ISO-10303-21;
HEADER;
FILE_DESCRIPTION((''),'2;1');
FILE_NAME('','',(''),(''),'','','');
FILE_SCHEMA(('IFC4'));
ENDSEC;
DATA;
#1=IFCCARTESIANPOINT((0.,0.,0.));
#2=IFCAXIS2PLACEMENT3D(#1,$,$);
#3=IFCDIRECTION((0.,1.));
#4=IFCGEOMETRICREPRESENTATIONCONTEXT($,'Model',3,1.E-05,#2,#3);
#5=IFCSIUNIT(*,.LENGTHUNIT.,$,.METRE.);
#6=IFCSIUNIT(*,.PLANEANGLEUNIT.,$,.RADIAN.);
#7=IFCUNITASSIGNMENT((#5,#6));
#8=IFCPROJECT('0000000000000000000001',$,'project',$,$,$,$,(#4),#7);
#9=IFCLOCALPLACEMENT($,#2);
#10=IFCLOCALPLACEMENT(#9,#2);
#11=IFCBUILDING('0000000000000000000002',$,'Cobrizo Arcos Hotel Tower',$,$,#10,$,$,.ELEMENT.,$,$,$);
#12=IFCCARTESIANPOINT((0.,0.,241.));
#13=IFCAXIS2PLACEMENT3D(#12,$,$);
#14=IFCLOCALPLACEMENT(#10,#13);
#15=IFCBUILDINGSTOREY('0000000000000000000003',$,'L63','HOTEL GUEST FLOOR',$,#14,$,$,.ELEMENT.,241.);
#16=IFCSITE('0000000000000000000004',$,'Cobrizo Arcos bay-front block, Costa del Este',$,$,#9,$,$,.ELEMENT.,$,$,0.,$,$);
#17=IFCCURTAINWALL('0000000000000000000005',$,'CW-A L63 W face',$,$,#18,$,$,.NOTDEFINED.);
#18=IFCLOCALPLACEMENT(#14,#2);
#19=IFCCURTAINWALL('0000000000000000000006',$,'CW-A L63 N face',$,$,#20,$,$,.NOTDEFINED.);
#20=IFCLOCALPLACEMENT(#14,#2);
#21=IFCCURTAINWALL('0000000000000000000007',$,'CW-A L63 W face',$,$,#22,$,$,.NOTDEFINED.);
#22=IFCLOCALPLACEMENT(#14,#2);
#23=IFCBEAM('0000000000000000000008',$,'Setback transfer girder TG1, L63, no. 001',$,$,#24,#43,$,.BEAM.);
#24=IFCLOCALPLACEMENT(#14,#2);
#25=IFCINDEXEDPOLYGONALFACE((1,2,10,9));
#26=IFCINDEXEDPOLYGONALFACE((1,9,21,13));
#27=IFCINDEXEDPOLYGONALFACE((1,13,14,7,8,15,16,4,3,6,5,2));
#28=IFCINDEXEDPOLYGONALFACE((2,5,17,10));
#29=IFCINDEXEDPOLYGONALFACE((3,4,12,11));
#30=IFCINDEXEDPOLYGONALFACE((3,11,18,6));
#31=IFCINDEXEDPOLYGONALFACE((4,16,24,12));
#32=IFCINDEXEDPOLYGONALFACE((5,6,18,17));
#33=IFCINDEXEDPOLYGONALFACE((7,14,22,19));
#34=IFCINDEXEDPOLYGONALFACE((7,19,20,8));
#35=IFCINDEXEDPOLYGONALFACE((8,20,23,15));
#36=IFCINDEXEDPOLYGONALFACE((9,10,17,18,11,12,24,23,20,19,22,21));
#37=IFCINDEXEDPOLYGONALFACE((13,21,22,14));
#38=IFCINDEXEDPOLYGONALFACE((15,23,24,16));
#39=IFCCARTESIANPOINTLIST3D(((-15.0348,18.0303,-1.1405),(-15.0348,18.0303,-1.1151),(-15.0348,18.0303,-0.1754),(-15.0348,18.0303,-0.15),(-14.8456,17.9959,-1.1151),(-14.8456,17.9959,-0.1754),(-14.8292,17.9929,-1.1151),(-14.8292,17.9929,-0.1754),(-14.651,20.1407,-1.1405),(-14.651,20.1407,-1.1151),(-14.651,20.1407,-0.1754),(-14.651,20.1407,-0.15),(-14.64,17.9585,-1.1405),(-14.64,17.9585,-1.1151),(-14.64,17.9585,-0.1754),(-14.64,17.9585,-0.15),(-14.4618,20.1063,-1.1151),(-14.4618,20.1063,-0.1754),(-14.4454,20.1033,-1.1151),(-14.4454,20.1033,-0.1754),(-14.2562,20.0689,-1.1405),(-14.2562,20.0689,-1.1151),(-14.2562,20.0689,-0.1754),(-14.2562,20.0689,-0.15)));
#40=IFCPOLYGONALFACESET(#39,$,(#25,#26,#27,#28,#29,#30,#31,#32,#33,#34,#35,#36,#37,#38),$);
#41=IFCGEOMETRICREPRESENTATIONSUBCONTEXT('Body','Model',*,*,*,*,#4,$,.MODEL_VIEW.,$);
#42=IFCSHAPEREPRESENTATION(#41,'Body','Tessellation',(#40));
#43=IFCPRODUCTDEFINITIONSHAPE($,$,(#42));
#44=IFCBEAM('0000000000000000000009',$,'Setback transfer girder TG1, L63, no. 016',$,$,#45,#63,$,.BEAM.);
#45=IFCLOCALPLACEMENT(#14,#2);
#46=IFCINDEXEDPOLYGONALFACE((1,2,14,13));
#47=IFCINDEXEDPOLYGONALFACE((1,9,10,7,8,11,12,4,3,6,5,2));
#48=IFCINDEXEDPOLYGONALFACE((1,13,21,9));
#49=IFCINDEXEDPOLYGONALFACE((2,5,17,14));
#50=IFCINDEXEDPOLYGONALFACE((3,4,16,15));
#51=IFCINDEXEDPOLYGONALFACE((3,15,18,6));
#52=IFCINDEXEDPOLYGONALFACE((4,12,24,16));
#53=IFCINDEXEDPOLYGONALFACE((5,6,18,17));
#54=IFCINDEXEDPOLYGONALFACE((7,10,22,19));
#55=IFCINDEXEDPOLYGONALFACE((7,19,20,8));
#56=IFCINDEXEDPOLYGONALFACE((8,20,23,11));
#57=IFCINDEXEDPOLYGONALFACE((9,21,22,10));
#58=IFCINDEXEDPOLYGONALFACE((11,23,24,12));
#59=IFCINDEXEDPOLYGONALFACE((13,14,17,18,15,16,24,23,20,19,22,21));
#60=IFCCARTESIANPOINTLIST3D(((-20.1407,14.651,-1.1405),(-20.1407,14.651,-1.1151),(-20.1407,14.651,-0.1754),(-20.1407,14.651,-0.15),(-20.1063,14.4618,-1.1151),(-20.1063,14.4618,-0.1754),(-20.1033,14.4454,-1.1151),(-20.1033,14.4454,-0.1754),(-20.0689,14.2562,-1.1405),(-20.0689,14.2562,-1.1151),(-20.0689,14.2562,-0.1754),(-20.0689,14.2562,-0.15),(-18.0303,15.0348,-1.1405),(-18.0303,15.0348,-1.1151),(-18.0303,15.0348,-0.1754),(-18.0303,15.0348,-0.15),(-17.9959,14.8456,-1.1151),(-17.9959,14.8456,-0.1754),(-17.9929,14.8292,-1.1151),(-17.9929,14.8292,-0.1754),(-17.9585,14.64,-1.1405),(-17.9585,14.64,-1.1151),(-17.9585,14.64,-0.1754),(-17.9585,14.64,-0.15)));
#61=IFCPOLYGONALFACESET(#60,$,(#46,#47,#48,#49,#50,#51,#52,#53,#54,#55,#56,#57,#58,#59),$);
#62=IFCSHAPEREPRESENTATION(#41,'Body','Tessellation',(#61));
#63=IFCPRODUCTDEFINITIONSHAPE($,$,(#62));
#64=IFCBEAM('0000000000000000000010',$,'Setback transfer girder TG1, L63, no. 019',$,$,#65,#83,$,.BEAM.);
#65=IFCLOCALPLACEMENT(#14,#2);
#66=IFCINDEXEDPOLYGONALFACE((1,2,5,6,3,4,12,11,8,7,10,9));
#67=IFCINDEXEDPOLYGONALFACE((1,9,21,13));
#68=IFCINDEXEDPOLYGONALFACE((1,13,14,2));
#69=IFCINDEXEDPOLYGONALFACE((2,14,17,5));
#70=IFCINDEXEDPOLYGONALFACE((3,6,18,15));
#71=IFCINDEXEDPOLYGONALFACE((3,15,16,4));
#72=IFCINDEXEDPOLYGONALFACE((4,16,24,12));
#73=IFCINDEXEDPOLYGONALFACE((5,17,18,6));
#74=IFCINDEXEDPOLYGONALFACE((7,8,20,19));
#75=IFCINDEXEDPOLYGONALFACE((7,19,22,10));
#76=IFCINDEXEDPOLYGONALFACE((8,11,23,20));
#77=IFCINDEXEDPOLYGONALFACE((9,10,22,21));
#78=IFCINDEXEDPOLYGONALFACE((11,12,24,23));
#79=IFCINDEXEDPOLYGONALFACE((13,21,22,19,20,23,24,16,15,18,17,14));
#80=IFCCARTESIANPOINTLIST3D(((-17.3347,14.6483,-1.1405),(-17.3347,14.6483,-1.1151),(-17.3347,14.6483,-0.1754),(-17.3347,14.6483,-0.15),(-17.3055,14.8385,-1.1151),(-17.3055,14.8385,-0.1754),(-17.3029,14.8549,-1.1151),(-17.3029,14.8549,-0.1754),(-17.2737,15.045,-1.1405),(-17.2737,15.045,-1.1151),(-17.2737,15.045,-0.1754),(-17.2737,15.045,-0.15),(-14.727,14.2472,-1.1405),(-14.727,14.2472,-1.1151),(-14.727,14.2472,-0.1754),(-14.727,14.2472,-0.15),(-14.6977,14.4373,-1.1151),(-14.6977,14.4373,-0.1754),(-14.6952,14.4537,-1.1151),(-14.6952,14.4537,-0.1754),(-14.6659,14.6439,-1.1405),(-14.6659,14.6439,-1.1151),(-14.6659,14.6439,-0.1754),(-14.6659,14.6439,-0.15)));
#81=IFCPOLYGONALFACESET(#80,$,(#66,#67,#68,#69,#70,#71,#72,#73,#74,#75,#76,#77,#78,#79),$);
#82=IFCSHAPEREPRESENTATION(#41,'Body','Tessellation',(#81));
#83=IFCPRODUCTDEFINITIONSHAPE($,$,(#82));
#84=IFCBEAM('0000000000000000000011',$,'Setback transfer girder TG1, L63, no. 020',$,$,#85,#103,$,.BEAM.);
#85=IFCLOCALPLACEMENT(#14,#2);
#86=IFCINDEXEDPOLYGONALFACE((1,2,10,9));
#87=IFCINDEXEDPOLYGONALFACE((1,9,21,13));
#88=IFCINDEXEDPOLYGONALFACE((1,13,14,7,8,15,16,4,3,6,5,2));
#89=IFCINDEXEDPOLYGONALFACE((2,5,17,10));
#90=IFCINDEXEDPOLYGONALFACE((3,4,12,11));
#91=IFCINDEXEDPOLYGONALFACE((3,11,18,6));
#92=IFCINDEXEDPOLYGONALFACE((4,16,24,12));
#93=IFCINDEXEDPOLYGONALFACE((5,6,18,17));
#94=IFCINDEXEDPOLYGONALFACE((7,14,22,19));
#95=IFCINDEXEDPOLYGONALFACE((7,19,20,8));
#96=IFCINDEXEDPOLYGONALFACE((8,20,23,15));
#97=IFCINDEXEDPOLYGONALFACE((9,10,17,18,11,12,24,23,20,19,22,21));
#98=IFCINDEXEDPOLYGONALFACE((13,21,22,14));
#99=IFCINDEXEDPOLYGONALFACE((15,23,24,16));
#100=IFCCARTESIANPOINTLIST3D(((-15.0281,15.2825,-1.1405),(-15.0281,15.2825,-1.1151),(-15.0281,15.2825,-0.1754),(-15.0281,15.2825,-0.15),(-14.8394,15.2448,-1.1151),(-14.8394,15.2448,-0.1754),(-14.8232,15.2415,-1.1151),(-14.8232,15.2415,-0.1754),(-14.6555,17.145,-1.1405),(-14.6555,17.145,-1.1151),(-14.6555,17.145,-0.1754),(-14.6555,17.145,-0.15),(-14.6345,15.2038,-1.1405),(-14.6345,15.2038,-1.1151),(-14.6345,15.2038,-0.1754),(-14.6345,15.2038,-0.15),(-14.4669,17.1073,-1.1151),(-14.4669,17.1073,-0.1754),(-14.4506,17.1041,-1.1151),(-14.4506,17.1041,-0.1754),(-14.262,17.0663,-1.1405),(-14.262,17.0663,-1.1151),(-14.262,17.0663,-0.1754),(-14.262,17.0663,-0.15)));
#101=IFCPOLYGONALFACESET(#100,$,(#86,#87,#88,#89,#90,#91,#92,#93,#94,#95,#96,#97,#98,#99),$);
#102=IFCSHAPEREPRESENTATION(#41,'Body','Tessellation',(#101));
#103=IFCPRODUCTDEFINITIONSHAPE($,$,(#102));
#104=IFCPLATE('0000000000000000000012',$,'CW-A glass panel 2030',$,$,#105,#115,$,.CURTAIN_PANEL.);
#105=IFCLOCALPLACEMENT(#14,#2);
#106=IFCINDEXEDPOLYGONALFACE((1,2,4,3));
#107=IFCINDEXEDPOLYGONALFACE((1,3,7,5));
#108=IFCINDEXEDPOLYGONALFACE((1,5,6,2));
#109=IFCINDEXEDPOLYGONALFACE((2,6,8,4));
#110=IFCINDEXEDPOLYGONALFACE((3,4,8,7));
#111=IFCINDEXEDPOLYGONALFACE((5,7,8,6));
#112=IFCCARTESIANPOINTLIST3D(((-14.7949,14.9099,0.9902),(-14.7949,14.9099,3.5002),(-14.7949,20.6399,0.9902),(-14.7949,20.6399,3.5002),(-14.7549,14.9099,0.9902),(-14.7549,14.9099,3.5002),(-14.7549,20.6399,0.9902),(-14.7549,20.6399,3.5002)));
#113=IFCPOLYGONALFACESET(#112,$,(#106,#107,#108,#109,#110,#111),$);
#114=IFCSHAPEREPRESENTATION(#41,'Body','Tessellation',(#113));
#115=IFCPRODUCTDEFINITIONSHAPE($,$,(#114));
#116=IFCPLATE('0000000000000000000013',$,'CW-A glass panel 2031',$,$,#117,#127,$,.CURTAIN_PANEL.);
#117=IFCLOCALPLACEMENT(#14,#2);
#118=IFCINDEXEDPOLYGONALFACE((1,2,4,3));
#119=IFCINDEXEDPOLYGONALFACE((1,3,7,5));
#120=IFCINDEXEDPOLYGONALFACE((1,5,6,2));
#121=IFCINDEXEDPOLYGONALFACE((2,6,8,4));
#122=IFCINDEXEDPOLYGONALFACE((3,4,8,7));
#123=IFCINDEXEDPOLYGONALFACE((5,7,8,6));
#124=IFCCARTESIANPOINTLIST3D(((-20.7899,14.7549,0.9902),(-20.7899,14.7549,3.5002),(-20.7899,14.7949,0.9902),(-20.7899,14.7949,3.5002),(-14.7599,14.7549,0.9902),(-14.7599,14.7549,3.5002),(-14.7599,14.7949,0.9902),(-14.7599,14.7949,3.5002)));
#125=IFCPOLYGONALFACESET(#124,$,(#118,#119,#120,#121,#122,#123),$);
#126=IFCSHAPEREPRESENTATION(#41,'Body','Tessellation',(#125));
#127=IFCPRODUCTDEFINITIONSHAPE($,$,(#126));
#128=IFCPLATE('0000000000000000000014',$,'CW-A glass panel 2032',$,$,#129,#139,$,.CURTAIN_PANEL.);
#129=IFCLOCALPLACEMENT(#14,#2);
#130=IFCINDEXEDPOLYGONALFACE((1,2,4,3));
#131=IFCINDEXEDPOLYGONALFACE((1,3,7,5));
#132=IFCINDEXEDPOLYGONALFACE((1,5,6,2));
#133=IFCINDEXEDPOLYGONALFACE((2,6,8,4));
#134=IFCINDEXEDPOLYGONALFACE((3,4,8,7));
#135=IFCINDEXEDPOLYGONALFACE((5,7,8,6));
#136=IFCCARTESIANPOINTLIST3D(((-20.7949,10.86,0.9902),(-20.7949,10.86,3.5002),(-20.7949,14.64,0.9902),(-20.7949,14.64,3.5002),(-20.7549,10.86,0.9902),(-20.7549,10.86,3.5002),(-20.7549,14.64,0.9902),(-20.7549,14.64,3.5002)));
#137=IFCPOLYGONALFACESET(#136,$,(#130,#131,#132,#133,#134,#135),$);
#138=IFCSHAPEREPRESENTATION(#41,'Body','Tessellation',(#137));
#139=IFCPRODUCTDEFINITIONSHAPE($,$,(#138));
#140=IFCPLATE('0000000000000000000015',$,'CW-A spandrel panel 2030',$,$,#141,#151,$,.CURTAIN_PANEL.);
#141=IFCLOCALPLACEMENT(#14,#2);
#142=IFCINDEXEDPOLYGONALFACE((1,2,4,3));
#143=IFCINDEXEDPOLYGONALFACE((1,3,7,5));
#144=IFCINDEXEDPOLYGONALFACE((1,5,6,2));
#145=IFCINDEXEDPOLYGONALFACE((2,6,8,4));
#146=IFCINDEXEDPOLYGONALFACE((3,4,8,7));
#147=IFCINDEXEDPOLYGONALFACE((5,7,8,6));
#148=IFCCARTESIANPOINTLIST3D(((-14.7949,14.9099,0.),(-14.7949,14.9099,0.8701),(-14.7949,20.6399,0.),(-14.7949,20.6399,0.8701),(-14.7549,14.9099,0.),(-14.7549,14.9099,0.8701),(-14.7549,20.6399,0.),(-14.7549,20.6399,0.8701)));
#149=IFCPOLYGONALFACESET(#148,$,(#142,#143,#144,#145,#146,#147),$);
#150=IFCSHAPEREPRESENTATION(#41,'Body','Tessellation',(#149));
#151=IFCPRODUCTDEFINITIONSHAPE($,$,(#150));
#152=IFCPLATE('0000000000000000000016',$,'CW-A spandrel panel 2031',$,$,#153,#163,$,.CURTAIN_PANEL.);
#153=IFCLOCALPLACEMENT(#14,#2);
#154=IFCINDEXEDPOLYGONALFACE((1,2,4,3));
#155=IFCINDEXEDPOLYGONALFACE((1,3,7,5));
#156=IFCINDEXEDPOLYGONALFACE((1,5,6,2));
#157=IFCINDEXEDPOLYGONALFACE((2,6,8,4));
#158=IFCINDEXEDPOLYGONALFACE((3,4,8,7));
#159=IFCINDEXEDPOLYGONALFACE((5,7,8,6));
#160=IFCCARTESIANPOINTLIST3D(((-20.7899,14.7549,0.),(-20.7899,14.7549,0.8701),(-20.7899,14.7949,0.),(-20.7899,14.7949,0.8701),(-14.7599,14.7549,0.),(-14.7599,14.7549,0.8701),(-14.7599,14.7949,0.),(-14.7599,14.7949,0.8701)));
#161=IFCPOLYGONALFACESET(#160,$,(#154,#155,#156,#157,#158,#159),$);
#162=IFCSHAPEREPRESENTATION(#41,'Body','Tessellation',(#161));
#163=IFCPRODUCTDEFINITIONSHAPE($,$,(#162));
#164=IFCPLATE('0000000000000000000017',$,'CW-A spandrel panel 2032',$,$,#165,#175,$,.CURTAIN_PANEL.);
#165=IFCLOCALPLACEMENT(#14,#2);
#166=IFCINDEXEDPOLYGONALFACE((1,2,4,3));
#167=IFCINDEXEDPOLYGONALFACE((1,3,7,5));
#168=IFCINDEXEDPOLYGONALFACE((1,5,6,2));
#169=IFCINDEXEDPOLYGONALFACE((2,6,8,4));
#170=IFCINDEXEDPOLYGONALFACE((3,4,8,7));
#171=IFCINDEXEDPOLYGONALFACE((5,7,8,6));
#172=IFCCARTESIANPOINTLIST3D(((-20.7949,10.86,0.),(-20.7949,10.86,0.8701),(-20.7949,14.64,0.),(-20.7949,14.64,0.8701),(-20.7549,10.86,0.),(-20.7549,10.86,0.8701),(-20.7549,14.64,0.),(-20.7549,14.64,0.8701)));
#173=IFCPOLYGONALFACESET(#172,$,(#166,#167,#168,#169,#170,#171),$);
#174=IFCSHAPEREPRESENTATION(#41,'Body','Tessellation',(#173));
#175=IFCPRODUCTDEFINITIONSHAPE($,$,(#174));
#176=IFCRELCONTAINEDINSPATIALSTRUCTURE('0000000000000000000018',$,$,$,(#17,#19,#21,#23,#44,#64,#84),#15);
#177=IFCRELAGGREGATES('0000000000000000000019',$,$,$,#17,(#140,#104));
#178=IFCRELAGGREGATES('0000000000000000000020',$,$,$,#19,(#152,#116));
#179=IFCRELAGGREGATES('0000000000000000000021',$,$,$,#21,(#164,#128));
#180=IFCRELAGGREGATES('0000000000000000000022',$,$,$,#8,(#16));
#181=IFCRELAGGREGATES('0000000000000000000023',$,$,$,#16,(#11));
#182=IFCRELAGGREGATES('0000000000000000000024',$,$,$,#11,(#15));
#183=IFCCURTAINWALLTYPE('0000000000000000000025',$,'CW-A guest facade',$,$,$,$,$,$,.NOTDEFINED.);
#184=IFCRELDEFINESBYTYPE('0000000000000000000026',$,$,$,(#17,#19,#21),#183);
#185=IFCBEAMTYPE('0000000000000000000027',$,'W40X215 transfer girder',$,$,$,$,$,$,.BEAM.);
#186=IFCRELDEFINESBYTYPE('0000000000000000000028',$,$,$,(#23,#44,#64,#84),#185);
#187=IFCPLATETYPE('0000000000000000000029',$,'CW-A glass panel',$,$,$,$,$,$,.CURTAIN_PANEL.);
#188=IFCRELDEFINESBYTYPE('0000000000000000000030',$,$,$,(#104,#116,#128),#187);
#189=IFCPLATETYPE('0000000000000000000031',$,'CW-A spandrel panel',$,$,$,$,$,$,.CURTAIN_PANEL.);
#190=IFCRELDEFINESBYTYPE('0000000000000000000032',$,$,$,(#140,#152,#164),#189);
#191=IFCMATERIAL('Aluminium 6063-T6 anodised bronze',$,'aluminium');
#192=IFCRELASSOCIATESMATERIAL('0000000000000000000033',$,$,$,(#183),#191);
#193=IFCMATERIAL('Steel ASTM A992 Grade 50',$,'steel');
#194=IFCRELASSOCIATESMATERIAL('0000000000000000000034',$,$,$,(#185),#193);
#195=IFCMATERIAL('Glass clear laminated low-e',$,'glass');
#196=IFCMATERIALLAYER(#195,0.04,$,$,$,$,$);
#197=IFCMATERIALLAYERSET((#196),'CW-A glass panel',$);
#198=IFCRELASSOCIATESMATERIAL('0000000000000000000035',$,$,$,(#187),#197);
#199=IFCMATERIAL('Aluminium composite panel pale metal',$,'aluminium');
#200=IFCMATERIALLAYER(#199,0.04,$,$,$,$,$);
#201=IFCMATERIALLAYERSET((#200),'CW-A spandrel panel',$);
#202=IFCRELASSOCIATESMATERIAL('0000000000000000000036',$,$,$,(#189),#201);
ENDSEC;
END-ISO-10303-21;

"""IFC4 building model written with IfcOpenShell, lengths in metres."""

from ifc_helpers import new_model, si_unit, direction, frame, origin, origin_2d, place, context, subcontext, project, spatial, rectangle, i_section, extrude, material, layer, layer_set, material_profile, profile_set, type_object, element, aggregate, save


model = new_model("IFC4")

# Units and contexts
model_context = context("Model", 3, precision=1e-05, world=origin(), true_north=direction((0.0, 1.0)))
body_context = subcontext(model_context, "Body", "Model", "MODEL_VIEW")
ifc_project = project(units=[si_unit("LENGTHUNIT", "METRE"), si_unit("PLANEANGLEUNIT", "RADIAN")], contexts=[model_context])

# Site, building, storey
site_placement = place(None, origin())
site = spatial("IfcSite", under=ifc_project, at=site_placement, Name="Cobrizo Arcos bay-front block, Costa del Este", CompositionType="ELEMENT", RefElevation=0.0)
building_placement = place(site_placement, origin())
building = spatial("IfcBuilding", under=site, at=building_placement, Name="Cobrizo Arcos Hotel Tower", CompositionType="ELEMENT")
storey_placement = place(building_placement, frame((0.0, 0.0, 241.0)))
storey = spatial("IfcBuildingStorey", under=building, at=storey_placement, Name="L63", Description="HOTEL GUEST FLOOR", CompositionType="ELEMENT", Elevation=241.0)

# Curtain walls
ifc_material_1 = material(Name="Aluminium 6063-T6 anodised bronze", Category="aluminium")
curtain_wall_type = type_object("IfcCurtainWallType", Name="CW-A guest facade", PredefinedType="NOTDEFINED", material=ifc_material_1)
curtain_wall_1_placement = place(storey_placement, origin())
curtain_wall_1 = element("IfcCurtainWall", 1, at=curtain_wall_1_placement, inside=storey, type_object=curtain_wall_type, Name="CW-A L63 W face", PredefinedType="NOTDEFINED")
curtain_wall_2_placement = place(storey_placement, origin())
curtain_wall_2 = element("IfcCurtainWall", 2, at=curtain_wall_2_placement, inside=storey, type_object=curtain_wall_type, Name="CW-A L63 N face", PredefinedType="NOTDEFINED")

# Curtain wall
curtain_wall_3_placement = place(storey_placement, origin())
curtain_wall_3 = element("IfcCurtainWall", 3, at=curtain_wall_3_placement, inside=storey, type_object=curtain_wall_type, Name="CW-A L63 W face", PredefinedType="NOTDEFINED")

# Beams
ifc_material_2 = material(Name="Steel ASTM A992 Grade 50", Category="steel")
ifc_material_profile_1 = material_profile(ifc_material_2, i_section(OverallWidth=0.4014, OverallDepth=0.9905, WebThickness=0.0166, FlangeThickness=0.0254, at=origin_2d()), Name="W40X215")
ifc_profile_set_1 = profile_set([ifc_material_profile_1], Name="Steel ASTM A992 Grade 50")
beam_type_1 = type_object("IfcBeamType", Name="W40X215 transfer girder", PredefinedType="BEAM", material=ifc_profile_set_1)
for number, where, z_axis, x_axis, name in (
    (4, (-14.8374, 17.9944, -0.6453), (0.178926, 0.983863, 0.0), (-0.983863, 0.178926, 0.0), "Setback transfer girder TG1, L63, no. 001"),
    (5, (-17.9944, 14.8374, -0.6453), (-0.983863, -0.178926, 0.0), (0.178926, -0.983863, 0.0), "Setback transfer girder TG1, L63, no. 016"),
):
    element("IfcBeam", number, at=place(storey_placement, frame(where, z_axis=z_axis, x_axis=x_axis)), inside=storey, type_object=beam_type_1, Name=name, PredefinedType="BEAM", context=body_context, shape_type="SweptSolid", body=[
        extrude(i_section(OverallWidth=0.4014, OverallDepth=0.9905, WebThickness=0.0166, FlangeThickness=0.0254, at=origin_2d()), origin(), (0.0, 0.0, 1.0), 2.145),
    ])
beam_1_placement = place(storey_placement, frame((-17.3042, 14.8467, -0.6453), z_axis=(0.988375, -0.152036, 0.0), x_axis=(0.152036, 0.988375, 0.0)))
element("IfcBeam", 6, at=beam_1_placement, inside=storey, type_object=beam_type_1, Name="Setback transfer girder TG1, L63, no. 019", PredefinedType="BEAM", context=body_context, shape_type="SweptSolid", body=[
    extrude(i_section(OverallWidth=0.4014, OverallDepth=0.9905, WebThickness=0.0166, FlangeThickness=0.0254, at=origin_2d()), origin(), (0.0, 0.0, 1.0), 2.6384),
])
beam_2_placement = place(storey_placement, frame((-14.8313, 15.2432, -0.6453), z_axis=(0.196141, 0.980576, 0.0), x_axis=(-0.980576, 0.196141, 0.0)))
element("IfcBeam", 7, at=beam_2_placement, inside=storey, type_object=beam_type_1, Name="Setback transfer girder TG1, L63, no. 020", PredefinedType="BEAM", context=body_context, shape_type="SweptSolid", body=[
    extrude(i_section(OverallWidth=0.4014, OverallDepth=0.9905, WebThickness=0.0166, FlangeThickness=0.0254, at=origin_2d()), origin(), (0.0, 0.0, 1.0), 1.8994),
])

# Plates
ifc_material_3 = material(Name="Glass clear laminated low-e", Category="glass")
ifc_layer_1 = layer(ifc_material_3, 0.04)
ifc_layer_set_1 = layer_set([ifc_layer_1], Name="CW-A glass panel")
plate_type_1 = type_object("IfcPlateType", Name="CW-A glass panel", PredefinedType="CURTAIN_PANEL", material=ifc_layer_set_1)
plate_1_placement = place(storey_placement, frame((-14.7749, 17.7749, 0.9902), z_axis=(0.0, 0.0, 1.0), x_axis=(0.0, -1.0, 0.0)))
plate_1 = element("IfcPlate", 8, at=plate_1_placement, type_object=plate_type_1, Name="CW-A glass panel 2030", PredefinedType="CURTAIN_PANEL", context=body_context, shape_type="SweptSolid", body=[
    extrude(rectangle(XDim=5.73, YDim=0.04, at=origin_2d()), origin(), (0.0, 0.0, 1.0), 2.51),
])
plate_2_placement = place(storey_placement, frame((-17.7749, 14.7749, 0.9902), z_axis=(0.0, 0.0, 1.0), x_axis=(-1.0, 0.0, 0.0)))
plate_2 = element("IfcPlate", 9, at=plate_2_placement, type_object=plate_type_1, Name="CW-A glass panel 2031", PredefinedType="CURTAIN_PANEL", context=body_context, shape_type="SweptSolid", body=[
    extrude(rectangle(XDim=6.03, YDim=0.04, at=origin_2d()), origin(), (0.0, 0.0, 1.0), 2.51),
])
plate_3_placement = place(storey_placement, frame((-20.7749, 12.75, 0.9902), z_axis=(0.0, 0.0, 1.0), x_axis=(0.0, -1.0, 0.0)))
plate_3 = element("IfcPlate", 10, at=plate_3_placement, type_object=plate_type_1, Name="CW-A glass panel 2032", PredefinedType="CURTAIN_PANEL", context=body_context, shape_type="SweptSolid", body=[
    extrude(rectangle(XDim=3.78, YDim=0.04, at=origin_2d()), origin(), (0.0, 0.0, 1.0), 2.51),
])
ifc_material_4 = material(Name="Aluminium composite panel pale metal", Category="aluminium")
ifc_layer_2 = layer(ifc_material_4, 0.04)
ifc_layer_set_2 = layer_set([ifc_layer_2], Name="CW-A spandrel panel")
plate_type_2 = type_object("IfcPlateType", Name="CW-A spandrel panel", PredefinedType="CURTAIN_PANEL", material=ifc_layer_set_2)
plate_4_placement = place(storey_placement, frame((-14.7749, 17.7749, 0.0), z_axis=(0.0, 0.0, 1.0), x_axis=(0.0, -1.0, 0.0)))
plate_4 = element("IfcPlate", 11, at=plate_4_placement, type_object=plate_type_2, Name="CW-A spandrel panel 2030", PredefinedType="CURTAIN_PANEL", context=body_context, shape_type="SweptSolid", body=[
    extrude(rectangle(XDim=5.73, YDim=0.04, at=origin_2d()), origin(), (0.0, 0.0, 1.0), 0.8701),
])
aggregate(curtain_wall_1, [plate_4, plate_1])
plate_5_placement = place(storey_placement, frame((-17.7749, 14.7749, 0.0), z_axis=(0.0, 0.0, 1.0), x_axis=(-1.0, 0.0, 0.0)))
plate_5 = element("IfcPlate", 12, at=plate_5_placement, type_object=plate_type_2, Name="CW-A spandrel panel 2031", PredefinedType="CURTAIN_PANEL", context=body_context, shape_type="SweptSolid", body=[
    extrude(rectangle(XDim=6.03, YDim=0.04, at=origin_2d()), origin(), (0.0, 0.0, 1.0), 0.8701),
])
aggregate(curtain_wall_2, [plate_5, plate_2])
plate_6_placement = place(storey_placement, frame((-20.7749, 12.75, 0.0), z_axis=(0.0, 0.0, 1.0), x_axis=(0.0, -1.0, 0.0)))
plate_6 = element("IfcPlate", 13, at=plate_6_placement, type_object=plate_type_2, Name="CW-A spandrel panel 2032", PredefinedType="CURTAIN_PANEL", context=body_context, shape_type="SweptSolid", body=[
    extrude(rectangle(XDim=3.78, YDim=0.04, at=origin_2d()), origin(), (0.0, 0.0, 1.0), 0.8701),
])
aggregate(curtain_wall_3, [plate_6, plate_3])

save(model, "model.ifc")
